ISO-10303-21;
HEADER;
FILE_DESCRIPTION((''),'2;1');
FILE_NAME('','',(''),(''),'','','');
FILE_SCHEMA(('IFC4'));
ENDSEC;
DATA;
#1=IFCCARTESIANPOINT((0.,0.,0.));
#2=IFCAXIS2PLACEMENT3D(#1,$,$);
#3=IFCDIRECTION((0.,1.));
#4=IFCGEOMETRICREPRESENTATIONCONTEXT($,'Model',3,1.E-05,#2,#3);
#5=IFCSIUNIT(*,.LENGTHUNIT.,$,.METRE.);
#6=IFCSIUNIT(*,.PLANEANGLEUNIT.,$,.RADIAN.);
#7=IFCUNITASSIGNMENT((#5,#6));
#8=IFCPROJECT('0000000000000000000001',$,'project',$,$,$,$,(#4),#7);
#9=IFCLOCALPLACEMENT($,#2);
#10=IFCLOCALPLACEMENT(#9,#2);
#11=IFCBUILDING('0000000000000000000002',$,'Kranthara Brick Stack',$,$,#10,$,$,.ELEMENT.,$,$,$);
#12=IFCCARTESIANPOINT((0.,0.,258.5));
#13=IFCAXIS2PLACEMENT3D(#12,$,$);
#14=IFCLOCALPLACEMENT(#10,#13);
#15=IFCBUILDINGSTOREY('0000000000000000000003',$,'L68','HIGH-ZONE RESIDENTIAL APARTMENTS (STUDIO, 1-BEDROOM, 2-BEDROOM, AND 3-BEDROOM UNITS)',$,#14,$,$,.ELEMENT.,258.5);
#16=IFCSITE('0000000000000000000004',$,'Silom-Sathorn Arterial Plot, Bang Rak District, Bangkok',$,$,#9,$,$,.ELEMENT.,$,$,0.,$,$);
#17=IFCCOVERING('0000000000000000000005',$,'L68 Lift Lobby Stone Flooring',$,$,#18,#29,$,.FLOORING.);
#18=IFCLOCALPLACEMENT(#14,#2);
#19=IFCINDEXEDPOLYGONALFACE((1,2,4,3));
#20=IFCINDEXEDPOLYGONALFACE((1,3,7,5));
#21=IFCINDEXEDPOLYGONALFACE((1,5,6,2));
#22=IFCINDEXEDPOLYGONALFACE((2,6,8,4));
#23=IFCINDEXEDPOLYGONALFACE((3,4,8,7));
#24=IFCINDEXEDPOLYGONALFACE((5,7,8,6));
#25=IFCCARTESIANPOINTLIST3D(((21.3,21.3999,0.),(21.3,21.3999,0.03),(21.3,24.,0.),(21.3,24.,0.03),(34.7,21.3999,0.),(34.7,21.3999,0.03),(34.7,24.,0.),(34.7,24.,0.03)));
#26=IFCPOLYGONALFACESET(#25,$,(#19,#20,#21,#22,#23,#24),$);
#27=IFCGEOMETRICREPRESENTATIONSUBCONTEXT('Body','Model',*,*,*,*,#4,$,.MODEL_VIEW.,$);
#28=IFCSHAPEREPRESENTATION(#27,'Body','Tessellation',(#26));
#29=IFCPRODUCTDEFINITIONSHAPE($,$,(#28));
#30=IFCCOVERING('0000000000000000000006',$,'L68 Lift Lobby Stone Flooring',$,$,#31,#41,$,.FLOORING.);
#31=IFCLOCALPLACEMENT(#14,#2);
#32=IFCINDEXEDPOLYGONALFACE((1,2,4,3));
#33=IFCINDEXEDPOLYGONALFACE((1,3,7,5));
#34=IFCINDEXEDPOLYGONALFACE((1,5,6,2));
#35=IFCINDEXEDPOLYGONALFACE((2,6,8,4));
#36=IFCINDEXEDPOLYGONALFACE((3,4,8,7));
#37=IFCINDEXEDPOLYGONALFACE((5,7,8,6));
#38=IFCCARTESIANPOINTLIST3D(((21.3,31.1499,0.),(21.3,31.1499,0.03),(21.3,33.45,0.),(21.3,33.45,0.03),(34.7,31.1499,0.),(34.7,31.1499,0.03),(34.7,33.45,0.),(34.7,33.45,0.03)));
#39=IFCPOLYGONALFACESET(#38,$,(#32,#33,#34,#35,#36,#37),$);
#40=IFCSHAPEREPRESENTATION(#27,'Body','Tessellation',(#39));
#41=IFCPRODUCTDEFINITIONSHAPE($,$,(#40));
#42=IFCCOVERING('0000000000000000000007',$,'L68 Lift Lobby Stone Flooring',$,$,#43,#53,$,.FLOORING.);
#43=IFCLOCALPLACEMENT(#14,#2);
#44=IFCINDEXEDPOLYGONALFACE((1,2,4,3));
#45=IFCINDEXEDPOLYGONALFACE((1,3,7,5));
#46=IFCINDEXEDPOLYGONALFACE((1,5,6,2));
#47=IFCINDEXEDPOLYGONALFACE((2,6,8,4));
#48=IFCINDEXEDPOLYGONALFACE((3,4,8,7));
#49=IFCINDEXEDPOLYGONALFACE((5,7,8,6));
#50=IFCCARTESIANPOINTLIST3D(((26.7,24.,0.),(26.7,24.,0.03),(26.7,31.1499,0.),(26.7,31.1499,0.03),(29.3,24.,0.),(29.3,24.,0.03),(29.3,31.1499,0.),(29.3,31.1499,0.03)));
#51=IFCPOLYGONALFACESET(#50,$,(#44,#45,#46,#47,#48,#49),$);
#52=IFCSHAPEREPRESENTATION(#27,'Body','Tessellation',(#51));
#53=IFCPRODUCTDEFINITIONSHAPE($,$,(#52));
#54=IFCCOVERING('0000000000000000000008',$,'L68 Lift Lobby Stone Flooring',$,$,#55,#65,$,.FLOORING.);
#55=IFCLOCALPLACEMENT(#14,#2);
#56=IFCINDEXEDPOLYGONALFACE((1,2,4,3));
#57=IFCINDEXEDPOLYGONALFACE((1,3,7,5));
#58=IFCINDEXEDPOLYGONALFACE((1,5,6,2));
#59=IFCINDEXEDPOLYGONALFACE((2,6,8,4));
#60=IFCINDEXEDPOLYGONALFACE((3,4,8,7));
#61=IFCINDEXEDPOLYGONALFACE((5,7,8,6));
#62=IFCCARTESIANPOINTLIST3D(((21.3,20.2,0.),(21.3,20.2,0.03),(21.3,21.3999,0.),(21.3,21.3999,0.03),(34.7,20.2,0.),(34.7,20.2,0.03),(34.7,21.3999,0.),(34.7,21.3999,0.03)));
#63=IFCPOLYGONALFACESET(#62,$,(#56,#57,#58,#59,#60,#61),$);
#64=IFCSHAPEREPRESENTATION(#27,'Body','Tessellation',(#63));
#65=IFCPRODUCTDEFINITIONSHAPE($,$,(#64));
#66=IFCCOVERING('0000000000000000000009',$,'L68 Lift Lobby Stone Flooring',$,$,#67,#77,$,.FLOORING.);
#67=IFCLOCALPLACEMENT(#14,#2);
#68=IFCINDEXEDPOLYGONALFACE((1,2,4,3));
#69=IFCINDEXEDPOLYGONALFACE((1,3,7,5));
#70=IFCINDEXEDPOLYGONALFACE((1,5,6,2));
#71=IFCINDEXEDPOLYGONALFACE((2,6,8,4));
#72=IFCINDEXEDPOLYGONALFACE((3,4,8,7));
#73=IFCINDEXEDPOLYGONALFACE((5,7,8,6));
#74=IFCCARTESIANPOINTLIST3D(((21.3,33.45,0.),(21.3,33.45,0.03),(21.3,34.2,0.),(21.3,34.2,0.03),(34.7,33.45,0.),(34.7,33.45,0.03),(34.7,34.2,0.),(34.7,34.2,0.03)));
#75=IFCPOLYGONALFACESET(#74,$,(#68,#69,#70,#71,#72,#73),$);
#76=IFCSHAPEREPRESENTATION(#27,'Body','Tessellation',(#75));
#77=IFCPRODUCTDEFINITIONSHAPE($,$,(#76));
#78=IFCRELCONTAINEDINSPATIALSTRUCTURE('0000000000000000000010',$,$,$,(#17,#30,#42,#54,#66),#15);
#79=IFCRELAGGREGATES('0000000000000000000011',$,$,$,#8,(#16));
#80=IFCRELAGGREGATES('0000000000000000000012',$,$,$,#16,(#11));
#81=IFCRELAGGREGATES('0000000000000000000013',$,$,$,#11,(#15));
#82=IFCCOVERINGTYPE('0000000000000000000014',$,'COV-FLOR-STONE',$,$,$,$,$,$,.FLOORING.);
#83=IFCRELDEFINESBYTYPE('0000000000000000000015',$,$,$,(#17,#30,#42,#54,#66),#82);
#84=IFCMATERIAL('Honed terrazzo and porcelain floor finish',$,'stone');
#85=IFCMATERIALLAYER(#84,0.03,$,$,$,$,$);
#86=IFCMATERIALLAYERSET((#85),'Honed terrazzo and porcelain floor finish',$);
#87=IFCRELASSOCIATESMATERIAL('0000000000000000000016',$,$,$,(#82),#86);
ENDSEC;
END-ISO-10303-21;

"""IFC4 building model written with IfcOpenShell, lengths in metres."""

from ifc_helpers import new_model, si_unit, direction, frame, origin, place, context, subcontext, project, spatial, polyline, outline, extrude, material, layer, layer_set, type_object, element, save


model = new_model("IFC4")

# Units and contexts
model_context = context("Model", 3, precision=1e-05, world=origin(), true_north=direction((0.0, 1.0)))
body_context = subcontext(model_context, "Body", "Model", "MODEL_VIEW")
ifc_project = project(units=[si_unit("LENGTHUNIT", "METRE"), si_unit("PLANEANGLEUNIT", "RADIAN")], contexts=[model_context])

# Site, building, storey
site_placement = place(None, origin())
site = spatial("IfcSite", under=ifc_project, at=site_placement, Name="Silom-Sathorn Arterial Plot, Bang Rak District, Bangkok", CompositionType="ELEMENT", RefElevation=0.0)
building_placement = place(site_placement, origin())
building = spatial("IfcBuilding", under=site, at=building_placement, Name="Kranthara Brick Stack", CompositionType="ELEMENT")
storey_placement = place(building_placement, frame((0.0, 0.0, 258.5)))
storey = spatial("IfcBuildingStorey", under=building, at=storey_placement, Name="L68", Description="HIGH-ZONE RESIDENTIAL APARTMENTS (STUDIO, 1-BEDROOM, 2-BEDROOM, AND 3-BEDROOM UNITS)", CompositionType="ELEMENT", Elevation=258.5)

# Coverings
ifc_material_1 = material(Name="Honed terrazzo and porcelain floor finish", Category="stone")
ifc_layer_1 = layer(ifc_material_1, 0.03)
ifc_layer_set_1 = layer_set([ifc_layer_1], Name="Honed terrazzo and porcelain floor finish")
covering_type_1 = type_object("IfcCoveringType", Name="COV-FLOR-STONE", PredefinedType="FLOORING", material=ifc_layer_set_1)
covering_1_placement = place(storey_placement, origin())
element("IfcCovering", 1, at=covering_1_placement, inside=storey, type_object=covering_type_1, Name="L68 Lift Lobby Stone Flooring", PredefinedType="FLOORING", context=body_context, shape_type="SweptSolid", body=[
    extrude(outline(polyline([(34.7, 21.3999), (34.7, 24.0), (21.3, 24.0), (21.3, 21.3999), (34.7, 21.3999)])), origin(), (0.0, 0.0, 1.0), 0.03),
])
covering_2_placement = place(storey_placement, origin())
element("IfcCovering", 2, at=covering_2_placement, inside=storey, type_object=covering_type_1, Name="L68 Lift Lobby Stone Flooring", PredefinedType="FLOORING", context=body_context, shape_type="SweptSolid", body=[
    extrude(outline(polyline([(34.7, 31.1499), (34.7, 33.45), (21.3, 33.45), (21.3, 31.1499), (34.7, 31.1499)])), origin(), (0.0, 0.0, 1.0), 0.03),
])
covering_3_placement = place(storey_placement, origin())
element("IfcCovering", 3, at=covering_3_placement, inside=storey, type_object=covering_type_1, Name="L68 Lift Lobby Stone Flooring", PredefinedType="FLOORING", context=body_context, shape_type="SweptSolid", body=[
    extrude(outline(polyline([(29.3, 24.0), (26.7, 24.0), (26.7, 31.1499), (29.3, 31.1499), (29.3, 24.0)])), origin(), (0.0, 0.0, 1.0), 0.03),
])
covering_4_placement = place(storey_placement, origin())
element("IfcCovering", 4, at=covering_4_placement, inside=storey, type_object=covering_type_1, Name="L68 Lift Lobby Stone Flooring", PredefinedType="FLOORING", context=body_context, shape_type="SweptSolid", body=[
    extrude(outline(polyline([(34.7, 20.2), (21.3, 20.2), (21.3, 21.3999), (34.7, 21.3999), (34.7, 20.2)])), origin(), (0.0, 0.0, 1.0), 0.03),
])
covering_5_placement = place(storey_placement, origin())
element("IfcCovering", 5, at=covering_5_placement, inside=storey, type_object=covering_type_1, Name="L68 Lift Lobby Stone Flooring", PredefinedType="FLOORING", context=body_context, shape_type="SweptSolid", body=[
    extrude(outline(polyline([(34.7, 33.45), (21.3, 33.45), (21.3, 34.2), (34.7, 34.2), (34.7, 33.45)])), origin(), (0.0, 0.0, 1.0), 0.03),
])

save(model, "model.ifc")
